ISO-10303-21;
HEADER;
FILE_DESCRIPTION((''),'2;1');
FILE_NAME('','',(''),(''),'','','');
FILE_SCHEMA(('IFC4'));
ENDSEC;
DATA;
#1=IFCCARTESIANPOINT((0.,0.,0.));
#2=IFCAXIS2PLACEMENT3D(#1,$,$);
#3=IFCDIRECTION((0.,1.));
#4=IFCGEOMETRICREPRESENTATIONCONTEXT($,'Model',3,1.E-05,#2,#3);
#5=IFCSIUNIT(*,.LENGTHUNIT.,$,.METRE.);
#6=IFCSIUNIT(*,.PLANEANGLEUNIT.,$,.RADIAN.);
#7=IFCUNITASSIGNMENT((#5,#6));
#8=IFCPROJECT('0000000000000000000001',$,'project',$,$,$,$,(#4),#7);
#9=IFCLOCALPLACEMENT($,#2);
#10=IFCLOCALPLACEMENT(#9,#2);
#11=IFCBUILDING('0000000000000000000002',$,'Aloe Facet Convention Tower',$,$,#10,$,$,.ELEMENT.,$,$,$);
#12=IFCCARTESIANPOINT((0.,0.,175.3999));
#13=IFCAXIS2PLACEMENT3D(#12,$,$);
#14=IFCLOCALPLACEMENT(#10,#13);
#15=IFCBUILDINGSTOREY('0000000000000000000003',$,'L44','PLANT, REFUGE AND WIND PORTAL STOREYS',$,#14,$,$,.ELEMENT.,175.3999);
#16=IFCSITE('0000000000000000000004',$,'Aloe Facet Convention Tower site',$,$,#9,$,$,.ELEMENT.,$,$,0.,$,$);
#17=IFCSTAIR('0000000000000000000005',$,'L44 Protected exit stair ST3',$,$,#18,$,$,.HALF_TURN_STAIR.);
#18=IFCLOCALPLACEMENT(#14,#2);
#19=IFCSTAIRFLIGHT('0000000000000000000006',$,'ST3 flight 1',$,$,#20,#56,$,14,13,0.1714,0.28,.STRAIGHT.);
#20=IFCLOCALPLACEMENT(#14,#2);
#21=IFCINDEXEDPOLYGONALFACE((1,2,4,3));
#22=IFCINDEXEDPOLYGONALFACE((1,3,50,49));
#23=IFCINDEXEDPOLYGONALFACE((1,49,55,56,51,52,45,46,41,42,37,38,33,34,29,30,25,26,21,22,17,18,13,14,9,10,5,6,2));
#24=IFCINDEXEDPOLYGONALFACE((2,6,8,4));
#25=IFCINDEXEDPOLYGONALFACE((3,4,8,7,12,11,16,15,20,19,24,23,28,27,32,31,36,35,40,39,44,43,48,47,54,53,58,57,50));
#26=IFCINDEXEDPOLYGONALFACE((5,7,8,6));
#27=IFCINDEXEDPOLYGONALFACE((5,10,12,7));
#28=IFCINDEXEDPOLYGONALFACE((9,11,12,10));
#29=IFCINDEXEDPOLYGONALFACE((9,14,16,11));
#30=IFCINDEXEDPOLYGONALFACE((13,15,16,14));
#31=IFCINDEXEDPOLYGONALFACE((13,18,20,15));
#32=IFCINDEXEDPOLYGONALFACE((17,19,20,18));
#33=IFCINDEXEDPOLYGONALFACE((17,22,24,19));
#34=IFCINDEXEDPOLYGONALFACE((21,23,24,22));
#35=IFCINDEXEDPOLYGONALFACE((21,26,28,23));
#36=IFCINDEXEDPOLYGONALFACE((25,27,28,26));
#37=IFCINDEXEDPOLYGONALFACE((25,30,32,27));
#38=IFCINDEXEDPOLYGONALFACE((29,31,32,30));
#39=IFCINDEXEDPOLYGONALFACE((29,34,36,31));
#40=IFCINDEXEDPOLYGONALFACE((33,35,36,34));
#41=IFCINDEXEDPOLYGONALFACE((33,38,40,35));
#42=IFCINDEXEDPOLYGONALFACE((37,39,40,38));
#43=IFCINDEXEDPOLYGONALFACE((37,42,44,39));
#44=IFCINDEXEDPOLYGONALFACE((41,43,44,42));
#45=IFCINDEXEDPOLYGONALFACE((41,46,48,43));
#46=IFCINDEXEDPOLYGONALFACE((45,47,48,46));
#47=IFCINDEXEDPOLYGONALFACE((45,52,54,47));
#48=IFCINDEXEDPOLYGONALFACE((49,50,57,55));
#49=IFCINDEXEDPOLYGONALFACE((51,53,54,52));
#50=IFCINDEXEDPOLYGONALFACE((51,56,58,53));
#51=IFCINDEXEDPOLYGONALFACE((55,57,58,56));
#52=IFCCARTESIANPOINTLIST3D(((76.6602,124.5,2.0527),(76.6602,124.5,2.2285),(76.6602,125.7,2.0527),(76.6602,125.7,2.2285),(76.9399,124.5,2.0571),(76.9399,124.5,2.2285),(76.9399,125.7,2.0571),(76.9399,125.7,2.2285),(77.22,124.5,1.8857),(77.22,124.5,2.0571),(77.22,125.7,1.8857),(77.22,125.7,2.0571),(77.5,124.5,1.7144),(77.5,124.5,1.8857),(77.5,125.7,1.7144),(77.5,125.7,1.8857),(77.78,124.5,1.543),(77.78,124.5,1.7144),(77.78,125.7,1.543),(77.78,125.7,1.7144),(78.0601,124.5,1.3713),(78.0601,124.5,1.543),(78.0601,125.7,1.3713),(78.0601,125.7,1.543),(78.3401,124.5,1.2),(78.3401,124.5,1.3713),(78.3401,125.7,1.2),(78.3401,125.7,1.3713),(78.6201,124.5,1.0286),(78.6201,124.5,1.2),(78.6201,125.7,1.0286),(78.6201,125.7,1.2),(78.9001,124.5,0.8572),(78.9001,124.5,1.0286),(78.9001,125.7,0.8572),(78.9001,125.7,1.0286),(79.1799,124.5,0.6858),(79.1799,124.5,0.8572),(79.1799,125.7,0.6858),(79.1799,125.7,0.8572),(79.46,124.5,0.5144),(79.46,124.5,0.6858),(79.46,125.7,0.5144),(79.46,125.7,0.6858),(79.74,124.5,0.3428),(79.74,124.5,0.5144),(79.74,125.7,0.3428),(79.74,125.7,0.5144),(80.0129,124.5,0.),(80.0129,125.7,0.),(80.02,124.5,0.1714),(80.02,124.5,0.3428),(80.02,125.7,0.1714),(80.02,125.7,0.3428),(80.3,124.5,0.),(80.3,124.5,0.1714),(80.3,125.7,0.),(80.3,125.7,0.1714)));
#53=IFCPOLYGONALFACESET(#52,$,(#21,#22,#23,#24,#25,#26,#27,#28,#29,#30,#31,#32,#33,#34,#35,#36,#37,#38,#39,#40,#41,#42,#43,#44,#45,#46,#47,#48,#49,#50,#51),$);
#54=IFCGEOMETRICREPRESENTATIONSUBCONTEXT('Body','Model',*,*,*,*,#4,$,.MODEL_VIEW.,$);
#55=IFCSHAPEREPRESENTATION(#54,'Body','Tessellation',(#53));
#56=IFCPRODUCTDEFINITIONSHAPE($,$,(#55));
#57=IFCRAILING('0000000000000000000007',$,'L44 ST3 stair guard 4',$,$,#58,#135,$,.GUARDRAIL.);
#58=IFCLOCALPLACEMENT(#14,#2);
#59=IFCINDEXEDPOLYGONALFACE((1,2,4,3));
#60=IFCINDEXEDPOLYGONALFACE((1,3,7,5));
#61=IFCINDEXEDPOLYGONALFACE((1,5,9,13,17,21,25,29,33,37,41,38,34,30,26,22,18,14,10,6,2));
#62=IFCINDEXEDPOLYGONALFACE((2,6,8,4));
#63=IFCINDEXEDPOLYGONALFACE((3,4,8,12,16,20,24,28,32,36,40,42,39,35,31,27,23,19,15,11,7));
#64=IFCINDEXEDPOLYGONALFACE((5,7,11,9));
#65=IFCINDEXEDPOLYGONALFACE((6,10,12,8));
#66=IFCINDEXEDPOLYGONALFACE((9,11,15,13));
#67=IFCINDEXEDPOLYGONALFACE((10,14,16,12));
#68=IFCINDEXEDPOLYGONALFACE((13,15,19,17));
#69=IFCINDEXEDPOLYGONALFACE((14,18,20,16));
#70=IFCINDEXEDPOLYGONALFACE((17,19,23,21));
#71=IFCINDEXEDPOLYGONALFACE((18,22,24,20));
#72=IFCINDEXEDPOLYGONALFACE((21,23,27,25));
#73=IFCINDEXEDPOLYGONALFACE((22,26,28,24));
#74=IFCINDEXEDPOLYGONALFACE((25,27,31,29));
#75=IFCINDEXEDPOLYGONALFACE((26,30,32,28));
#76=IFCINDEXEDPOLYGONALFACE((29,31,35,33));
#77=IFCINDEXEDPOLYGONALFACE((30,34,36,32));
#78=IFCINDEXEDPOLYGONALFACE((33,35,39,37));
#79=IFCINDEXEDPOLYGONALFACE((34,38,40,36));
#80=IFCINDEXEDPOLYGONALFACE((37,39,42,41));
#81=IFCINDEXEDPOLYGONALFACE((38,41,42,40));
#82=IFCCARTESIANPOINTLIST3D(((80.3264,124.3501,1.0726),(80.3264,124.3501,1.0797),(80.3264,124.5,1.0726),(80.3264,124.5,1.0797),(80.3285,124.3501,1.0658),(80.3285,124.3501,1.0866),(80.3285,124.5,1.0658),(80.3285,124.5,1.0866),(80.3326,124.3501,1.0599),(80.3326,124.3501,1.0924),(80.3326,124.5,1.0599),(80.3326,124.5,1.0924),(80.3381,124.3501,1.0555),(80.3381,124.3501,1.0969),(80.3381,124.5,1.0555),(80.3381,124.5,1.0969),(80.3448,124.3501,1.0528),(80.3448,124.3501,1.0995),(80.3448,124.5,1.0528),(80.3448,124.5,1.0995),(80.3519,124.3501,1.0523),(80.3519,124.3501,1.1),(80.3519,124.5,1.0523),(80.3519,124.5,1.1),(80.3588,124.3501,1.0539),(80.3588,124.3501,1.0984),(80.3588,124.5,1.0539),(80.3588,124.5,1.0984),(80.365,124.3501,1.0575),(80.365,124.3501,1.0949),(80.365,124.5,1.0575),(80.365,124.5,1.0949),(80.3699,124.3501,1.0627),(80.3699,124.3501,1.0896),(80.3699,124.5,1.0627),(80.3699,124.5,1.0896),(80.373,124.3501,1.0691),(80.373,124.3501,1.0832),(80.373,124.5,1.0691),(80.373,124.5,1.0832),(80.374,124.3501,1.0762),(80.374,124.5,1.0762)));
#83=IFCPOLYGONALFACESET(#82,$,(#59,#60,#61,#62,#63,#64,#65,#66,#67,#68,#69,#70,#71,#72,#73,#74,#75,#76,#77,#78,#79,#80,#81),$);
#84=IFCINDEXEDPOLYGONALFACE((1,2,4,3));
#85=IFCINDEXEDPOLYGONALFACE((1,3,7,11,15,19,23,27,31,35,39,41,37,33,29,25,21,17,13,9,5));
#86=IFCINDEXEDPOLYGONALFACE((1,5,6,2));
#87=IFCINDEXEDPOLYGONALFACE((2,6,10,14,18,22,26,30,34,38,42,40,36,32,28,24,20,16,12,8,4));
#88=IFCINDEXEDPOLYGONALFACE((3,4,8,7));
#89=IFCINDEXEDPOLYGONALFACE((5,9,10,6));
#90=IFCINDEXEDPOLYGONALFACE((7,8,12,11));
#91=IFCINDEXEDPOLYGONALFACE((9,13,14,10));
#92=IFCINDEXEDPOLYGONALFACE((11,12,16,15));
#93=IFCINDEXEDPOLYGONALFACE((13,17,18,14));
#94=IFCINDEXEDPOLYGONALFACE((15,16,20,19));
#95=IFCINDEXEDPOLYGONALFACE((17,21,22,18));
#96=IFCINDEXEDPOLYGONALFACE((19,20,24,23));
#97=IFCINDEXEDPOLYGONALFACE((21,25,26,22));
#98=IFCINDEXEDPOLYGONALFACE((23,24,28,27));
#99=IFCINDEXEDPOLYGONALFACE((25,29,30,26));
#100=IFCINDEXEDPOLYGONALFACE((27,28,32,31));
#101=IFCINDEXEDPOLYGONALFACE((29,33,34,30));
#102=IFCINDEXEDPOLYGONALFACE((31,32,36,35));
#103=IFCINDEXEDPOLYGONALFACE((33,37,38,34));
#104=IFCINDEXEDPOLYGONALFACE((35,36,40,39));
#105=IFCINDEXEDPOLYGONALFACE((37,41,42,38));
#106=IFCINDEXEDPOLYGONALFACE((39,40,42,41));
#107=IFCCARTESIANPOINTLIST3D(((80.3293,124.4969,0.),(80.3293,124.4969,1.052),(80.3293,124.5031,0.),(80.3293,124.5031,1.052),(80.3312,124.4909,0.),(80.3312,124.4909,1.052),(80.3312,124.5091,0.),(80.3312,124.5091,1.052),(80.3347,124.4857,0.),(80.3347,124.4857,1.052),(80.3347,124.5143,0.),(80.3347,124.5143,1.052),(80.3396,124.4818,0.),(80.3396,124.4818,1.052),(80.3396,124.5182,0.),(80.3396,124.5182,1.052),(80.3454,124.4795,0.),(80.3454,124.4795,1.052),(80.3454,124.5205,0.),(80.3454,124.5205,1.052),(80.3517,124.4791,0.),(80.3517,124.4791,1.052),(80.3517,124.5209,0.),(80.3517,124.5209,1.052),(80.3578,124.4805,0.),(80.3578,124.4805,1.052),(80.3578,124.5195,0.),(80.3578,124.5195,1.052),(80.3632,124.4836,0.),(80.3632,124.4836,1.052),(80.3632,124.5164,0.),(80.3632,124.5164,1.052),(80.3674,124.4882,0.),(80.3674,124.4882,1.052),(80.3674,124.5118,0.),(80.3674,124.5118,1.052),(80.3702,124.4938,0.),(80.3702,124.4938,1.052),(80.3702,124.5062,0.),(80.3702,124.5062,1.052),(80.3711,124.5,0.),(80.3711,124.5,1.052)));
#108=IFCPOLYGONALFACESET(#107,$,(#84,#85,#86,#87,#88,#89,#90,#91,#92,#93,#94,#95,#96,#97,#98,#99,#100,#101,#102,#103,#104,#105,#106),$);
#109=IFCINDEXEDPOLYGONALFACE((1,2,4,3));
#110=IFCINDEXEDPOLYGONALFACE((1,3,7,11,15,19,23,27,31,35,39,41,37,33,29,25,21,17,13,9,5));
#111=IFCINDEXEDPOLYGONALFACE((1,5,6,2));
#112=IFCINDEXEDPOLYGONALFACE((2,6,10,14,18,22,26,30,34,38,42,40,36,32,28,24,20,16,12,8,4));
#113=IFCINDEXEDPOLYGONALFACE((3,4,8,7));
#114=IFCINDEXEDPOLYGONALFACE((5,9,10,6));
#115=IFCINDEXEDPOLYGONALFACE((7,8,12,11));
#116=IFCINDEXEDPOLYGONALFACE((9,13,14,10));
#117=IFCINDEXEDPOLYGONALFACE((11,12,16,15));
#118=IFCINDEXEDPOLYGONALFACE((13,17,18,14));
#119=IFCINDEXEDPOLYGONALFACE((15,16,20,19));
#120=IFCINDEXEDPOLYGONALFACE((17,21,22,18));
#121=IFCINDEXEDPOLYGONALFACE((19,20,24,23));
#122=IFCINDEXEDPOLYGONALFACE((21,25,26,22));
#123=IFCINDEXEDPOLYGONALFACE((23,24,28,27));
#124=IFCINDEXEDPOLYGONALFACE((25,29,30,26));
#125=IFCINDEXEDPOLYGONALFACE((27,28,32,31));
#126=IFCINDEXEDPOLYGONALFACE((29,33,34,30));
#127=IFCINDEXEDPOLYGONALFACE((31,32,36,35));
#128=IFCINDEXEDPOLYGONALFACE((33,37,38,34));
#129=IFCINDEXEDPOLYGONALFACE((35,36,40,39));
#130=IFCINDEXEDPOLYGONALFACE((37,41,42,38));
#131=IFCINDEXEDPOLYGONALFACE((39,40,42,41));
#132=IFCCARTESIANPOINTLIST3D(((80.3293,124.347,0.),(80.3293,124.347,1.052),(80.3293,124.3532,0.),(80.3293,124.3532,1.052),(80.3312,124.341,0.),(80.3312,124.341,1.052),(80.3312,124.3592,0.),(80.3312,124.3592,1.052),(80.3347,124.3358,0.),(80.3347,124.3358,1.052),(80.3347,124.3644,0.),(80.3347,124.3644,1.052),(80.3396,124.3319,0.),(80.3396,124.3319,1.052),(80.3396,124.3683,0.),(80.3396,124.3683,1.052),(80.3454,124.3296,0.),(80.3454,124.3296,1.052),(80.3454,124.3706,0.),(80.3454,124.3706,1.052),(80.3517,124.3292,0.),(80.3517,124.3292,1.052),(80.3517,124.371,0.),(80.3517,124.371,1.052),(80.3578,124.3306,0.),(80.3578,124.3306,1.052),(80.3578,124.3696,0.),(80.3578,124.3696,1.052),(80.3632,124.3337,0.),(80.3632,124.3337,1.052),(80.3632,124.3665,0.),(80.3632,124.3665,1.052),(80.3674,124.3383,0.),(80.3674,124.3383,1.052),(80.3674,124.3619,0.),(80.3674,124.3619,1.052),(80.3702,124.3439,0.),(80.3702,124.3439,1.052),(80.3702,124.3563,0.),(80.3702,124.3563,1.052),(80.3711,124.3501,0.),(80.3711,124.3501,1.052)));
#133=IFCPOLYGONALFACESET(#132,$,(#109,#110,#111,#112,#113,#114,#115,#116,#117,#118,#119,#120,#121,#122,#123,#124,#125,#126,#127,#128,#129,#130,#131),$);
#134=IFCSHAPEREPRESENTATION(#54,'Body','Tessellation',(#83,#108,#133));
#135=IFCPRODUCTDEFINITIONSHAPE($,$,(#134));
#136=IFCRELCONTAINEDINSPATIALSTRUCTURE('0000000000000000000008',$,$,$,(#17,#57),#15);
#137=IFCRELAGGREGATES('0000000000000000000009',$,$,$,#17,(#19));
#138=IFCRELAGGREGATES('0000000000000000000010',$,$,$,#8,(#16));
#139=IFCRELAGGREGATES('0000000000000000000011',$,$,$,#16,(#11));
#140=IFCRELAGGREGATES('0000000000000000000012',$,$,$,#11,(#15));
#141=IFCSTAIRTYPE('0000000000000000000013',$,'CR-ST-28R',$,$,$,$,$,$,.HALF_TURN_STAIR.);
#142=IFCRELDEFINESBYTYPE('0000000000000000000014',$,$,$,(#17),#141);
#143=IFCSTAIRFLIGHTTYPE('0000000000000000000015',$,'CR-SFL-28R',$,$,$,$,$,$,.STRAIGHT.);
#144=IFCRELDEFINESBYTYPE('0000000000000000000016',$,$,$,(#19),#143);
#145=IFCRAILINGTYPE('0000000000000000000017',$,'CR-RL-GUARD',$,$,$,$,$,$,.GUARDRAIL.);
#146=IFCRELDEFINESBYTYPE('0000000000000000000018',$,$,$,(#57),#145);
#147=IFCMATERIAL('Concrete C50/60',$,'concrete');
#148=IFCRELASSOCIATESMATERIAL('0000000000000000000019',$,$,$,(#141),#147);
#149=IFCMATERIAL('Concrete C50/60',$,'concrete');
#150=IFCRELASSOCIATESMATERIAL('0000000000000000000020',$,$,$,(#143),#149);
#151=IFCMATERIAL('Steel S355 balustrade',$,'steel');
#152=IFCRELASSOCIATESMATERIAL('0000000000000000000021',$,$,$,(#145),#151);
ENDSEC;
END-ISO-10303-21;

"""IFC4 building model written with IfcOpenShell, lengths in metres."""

from ifc_helpers import new_model, si_unit, direction, frame, origin, origin_2d, place, context, subcontext, project, spatial, polyline, circle, outline, extrude, material, type_object, element, aggregate, save


model = new_model("IFC4")

# Units and contexts
model_context = context("Model", 3, precision=1e-05, world=origin(), true_north=direction((0.0, 1.0)))
body_context = subcontext(model_context, "Body", "Model", "MODEL_VIEW")
ifc_project = project(units=[si_unit("LENGTHUNIT", "METRE"), si_unit("PLANEANGLEUNIT", "RADIAN")], contexts=[model_context])

# Site, building, storey
site_placement = place(None, origin())
site = spatial("IfcSite", under=ifc_project, at=site_placement, Name="Aloe Facet Convention Tower site", CompositionType="ELEMENT", RefElevation=0.0)
building_placement = place(site_placement, origin())
building = spatial("IfcBuilding", under=site, at=building_placement, Name="Aloe Facet Convention Tower", CompositionType="ELEMENT")
storey_placement = place(building_placement, frame((0.0, 0.0, 175.3999)))
storey = spatial("IfcBuildingStorey", under=building, at=storey_placement, Name="L44", Description="PLANT, REFUGE AND WIND PORTAL STOREYS", CompositionType="ELEMENT", Elevation=175.3999)

# Stair, stair flight
ifc_material_1 = material(Name="Concrete C50/60", Category="concrete")
stair_type = type_object("IfcStairType", Name="CR-ST-28R", PredefinedType="HALF_TURN_STAIR", material=ifc_material_1)
stair_placement = place(storey_placement, origin())
stair = element("IfcStair", 1, at=stair_placement, inside=storey, type_object=stair_type, Name="L44 Protected exit stair ST3", PredefinedType="HALF_TURN_STAIR")
ifc_material_2 = material(Name="Concrete C50/60", Category="concrete")
stair_flight_type = type_object("IfcStairFlightType", Name="CR-SFL-28R", PredefinedType="STRAIGHT", material=ifc_material_2)
stair_flight_placement = place(storey_placement, frame((80.3, 125.1001, 0.0), z_axis=(0.0, 0.0, 1.0), x_axis=(-1.0, 0.0, 0.0)))
stair_flight = element("IfcStairFlight", 2, at=stair_flight_placement, type_object=stair_flight_type, Name="ST3 flight 1", NumberOfRisers=14, NumberOfTreads=13, PredefinedType="STRAIGHT", RiserHeight=0.1714, TreadLength=0.28, context=body_context, shape_type="SweptSolid", body=[
    extrude(outline(polyline([(0.0, 0.0), (0.0, 0.1714), (0.28, 0.1714), (0.28, 0.3428), (0.5601, 0.3428), (0.5601, 0.5144), (0.8401, 0.5144), (0.8401, 0.6858), (1.1201, 0.6858), (1.1201, 0.8572), (1.3999, 0.8572), (1.3999, 1.0286), (1.6799, 1.0286), (1.6799, 1.2), (1.96, 1.2), (1.96, 1.3713), (2.24, 1.3713), (2.24, 1.543), (2.52, 1.543), (2.52, 1.7144), (2.8, 1.7144), (2.8, 1.8857), (3.0801, 1.8857), (3.0801, 2.0571), (3.3601, 2.0571), (3.3601, 2.2285), (3.6399, 2.2285), (3.6399, 2.3999), (3.6399, 2.0527), (0.2871, 0.0), (0.0, 0.0)])), frame((0.0, 0.6001, 0.0), z_axis=(0.0, -1.0, 0.0), x_axis=(1.0, 0.0, 0.0)), (0.0, 0.0, 1.0), 1.2),
])
aggregate(stair, [stair_flight])

# Railing
ifc_material_3 = material(Name="Steel S355 balustrade", Category="steel")
railing_type_1 = type_object("IfcRailingType", Name="CR-RL-GUARD", PredefinedType="GUARDRAIL", material=ifc_material_3)
railing_1_placement = place(storey_placement, frame((80.3501, 124.5, 0.0)))
element("IfcRailing", 3, at=railing_1_placement, inside=storey, type_object=railing_type_1, Name="L44 ST3 stair guard 4", PredefinedType="GUARDRAIL", context=body_context, shape_type="SweptSolid", body=[
    extrude(circle(Radius=0.0239, at=origin_2d()), frame((0.0, 0.0, 1.0762), z_axis=(0.0, -1.0, 0.0), x_axis=(1.0, 0.0, 0.0)), (0.0, 0.0, 1.0), 0.1499),
    extrude(circle(Radius=0.021, at=origin_2d()), origin(), (0.0, 0.0, 1.0), 1.052),
    extrude(circle(Radius=0.021, at=origin_2d()), frame((0.0, -0.1499, 0.0)), (0.0, 0.0, 1.0), 1.052),
])

save(model, "model.ifc")
